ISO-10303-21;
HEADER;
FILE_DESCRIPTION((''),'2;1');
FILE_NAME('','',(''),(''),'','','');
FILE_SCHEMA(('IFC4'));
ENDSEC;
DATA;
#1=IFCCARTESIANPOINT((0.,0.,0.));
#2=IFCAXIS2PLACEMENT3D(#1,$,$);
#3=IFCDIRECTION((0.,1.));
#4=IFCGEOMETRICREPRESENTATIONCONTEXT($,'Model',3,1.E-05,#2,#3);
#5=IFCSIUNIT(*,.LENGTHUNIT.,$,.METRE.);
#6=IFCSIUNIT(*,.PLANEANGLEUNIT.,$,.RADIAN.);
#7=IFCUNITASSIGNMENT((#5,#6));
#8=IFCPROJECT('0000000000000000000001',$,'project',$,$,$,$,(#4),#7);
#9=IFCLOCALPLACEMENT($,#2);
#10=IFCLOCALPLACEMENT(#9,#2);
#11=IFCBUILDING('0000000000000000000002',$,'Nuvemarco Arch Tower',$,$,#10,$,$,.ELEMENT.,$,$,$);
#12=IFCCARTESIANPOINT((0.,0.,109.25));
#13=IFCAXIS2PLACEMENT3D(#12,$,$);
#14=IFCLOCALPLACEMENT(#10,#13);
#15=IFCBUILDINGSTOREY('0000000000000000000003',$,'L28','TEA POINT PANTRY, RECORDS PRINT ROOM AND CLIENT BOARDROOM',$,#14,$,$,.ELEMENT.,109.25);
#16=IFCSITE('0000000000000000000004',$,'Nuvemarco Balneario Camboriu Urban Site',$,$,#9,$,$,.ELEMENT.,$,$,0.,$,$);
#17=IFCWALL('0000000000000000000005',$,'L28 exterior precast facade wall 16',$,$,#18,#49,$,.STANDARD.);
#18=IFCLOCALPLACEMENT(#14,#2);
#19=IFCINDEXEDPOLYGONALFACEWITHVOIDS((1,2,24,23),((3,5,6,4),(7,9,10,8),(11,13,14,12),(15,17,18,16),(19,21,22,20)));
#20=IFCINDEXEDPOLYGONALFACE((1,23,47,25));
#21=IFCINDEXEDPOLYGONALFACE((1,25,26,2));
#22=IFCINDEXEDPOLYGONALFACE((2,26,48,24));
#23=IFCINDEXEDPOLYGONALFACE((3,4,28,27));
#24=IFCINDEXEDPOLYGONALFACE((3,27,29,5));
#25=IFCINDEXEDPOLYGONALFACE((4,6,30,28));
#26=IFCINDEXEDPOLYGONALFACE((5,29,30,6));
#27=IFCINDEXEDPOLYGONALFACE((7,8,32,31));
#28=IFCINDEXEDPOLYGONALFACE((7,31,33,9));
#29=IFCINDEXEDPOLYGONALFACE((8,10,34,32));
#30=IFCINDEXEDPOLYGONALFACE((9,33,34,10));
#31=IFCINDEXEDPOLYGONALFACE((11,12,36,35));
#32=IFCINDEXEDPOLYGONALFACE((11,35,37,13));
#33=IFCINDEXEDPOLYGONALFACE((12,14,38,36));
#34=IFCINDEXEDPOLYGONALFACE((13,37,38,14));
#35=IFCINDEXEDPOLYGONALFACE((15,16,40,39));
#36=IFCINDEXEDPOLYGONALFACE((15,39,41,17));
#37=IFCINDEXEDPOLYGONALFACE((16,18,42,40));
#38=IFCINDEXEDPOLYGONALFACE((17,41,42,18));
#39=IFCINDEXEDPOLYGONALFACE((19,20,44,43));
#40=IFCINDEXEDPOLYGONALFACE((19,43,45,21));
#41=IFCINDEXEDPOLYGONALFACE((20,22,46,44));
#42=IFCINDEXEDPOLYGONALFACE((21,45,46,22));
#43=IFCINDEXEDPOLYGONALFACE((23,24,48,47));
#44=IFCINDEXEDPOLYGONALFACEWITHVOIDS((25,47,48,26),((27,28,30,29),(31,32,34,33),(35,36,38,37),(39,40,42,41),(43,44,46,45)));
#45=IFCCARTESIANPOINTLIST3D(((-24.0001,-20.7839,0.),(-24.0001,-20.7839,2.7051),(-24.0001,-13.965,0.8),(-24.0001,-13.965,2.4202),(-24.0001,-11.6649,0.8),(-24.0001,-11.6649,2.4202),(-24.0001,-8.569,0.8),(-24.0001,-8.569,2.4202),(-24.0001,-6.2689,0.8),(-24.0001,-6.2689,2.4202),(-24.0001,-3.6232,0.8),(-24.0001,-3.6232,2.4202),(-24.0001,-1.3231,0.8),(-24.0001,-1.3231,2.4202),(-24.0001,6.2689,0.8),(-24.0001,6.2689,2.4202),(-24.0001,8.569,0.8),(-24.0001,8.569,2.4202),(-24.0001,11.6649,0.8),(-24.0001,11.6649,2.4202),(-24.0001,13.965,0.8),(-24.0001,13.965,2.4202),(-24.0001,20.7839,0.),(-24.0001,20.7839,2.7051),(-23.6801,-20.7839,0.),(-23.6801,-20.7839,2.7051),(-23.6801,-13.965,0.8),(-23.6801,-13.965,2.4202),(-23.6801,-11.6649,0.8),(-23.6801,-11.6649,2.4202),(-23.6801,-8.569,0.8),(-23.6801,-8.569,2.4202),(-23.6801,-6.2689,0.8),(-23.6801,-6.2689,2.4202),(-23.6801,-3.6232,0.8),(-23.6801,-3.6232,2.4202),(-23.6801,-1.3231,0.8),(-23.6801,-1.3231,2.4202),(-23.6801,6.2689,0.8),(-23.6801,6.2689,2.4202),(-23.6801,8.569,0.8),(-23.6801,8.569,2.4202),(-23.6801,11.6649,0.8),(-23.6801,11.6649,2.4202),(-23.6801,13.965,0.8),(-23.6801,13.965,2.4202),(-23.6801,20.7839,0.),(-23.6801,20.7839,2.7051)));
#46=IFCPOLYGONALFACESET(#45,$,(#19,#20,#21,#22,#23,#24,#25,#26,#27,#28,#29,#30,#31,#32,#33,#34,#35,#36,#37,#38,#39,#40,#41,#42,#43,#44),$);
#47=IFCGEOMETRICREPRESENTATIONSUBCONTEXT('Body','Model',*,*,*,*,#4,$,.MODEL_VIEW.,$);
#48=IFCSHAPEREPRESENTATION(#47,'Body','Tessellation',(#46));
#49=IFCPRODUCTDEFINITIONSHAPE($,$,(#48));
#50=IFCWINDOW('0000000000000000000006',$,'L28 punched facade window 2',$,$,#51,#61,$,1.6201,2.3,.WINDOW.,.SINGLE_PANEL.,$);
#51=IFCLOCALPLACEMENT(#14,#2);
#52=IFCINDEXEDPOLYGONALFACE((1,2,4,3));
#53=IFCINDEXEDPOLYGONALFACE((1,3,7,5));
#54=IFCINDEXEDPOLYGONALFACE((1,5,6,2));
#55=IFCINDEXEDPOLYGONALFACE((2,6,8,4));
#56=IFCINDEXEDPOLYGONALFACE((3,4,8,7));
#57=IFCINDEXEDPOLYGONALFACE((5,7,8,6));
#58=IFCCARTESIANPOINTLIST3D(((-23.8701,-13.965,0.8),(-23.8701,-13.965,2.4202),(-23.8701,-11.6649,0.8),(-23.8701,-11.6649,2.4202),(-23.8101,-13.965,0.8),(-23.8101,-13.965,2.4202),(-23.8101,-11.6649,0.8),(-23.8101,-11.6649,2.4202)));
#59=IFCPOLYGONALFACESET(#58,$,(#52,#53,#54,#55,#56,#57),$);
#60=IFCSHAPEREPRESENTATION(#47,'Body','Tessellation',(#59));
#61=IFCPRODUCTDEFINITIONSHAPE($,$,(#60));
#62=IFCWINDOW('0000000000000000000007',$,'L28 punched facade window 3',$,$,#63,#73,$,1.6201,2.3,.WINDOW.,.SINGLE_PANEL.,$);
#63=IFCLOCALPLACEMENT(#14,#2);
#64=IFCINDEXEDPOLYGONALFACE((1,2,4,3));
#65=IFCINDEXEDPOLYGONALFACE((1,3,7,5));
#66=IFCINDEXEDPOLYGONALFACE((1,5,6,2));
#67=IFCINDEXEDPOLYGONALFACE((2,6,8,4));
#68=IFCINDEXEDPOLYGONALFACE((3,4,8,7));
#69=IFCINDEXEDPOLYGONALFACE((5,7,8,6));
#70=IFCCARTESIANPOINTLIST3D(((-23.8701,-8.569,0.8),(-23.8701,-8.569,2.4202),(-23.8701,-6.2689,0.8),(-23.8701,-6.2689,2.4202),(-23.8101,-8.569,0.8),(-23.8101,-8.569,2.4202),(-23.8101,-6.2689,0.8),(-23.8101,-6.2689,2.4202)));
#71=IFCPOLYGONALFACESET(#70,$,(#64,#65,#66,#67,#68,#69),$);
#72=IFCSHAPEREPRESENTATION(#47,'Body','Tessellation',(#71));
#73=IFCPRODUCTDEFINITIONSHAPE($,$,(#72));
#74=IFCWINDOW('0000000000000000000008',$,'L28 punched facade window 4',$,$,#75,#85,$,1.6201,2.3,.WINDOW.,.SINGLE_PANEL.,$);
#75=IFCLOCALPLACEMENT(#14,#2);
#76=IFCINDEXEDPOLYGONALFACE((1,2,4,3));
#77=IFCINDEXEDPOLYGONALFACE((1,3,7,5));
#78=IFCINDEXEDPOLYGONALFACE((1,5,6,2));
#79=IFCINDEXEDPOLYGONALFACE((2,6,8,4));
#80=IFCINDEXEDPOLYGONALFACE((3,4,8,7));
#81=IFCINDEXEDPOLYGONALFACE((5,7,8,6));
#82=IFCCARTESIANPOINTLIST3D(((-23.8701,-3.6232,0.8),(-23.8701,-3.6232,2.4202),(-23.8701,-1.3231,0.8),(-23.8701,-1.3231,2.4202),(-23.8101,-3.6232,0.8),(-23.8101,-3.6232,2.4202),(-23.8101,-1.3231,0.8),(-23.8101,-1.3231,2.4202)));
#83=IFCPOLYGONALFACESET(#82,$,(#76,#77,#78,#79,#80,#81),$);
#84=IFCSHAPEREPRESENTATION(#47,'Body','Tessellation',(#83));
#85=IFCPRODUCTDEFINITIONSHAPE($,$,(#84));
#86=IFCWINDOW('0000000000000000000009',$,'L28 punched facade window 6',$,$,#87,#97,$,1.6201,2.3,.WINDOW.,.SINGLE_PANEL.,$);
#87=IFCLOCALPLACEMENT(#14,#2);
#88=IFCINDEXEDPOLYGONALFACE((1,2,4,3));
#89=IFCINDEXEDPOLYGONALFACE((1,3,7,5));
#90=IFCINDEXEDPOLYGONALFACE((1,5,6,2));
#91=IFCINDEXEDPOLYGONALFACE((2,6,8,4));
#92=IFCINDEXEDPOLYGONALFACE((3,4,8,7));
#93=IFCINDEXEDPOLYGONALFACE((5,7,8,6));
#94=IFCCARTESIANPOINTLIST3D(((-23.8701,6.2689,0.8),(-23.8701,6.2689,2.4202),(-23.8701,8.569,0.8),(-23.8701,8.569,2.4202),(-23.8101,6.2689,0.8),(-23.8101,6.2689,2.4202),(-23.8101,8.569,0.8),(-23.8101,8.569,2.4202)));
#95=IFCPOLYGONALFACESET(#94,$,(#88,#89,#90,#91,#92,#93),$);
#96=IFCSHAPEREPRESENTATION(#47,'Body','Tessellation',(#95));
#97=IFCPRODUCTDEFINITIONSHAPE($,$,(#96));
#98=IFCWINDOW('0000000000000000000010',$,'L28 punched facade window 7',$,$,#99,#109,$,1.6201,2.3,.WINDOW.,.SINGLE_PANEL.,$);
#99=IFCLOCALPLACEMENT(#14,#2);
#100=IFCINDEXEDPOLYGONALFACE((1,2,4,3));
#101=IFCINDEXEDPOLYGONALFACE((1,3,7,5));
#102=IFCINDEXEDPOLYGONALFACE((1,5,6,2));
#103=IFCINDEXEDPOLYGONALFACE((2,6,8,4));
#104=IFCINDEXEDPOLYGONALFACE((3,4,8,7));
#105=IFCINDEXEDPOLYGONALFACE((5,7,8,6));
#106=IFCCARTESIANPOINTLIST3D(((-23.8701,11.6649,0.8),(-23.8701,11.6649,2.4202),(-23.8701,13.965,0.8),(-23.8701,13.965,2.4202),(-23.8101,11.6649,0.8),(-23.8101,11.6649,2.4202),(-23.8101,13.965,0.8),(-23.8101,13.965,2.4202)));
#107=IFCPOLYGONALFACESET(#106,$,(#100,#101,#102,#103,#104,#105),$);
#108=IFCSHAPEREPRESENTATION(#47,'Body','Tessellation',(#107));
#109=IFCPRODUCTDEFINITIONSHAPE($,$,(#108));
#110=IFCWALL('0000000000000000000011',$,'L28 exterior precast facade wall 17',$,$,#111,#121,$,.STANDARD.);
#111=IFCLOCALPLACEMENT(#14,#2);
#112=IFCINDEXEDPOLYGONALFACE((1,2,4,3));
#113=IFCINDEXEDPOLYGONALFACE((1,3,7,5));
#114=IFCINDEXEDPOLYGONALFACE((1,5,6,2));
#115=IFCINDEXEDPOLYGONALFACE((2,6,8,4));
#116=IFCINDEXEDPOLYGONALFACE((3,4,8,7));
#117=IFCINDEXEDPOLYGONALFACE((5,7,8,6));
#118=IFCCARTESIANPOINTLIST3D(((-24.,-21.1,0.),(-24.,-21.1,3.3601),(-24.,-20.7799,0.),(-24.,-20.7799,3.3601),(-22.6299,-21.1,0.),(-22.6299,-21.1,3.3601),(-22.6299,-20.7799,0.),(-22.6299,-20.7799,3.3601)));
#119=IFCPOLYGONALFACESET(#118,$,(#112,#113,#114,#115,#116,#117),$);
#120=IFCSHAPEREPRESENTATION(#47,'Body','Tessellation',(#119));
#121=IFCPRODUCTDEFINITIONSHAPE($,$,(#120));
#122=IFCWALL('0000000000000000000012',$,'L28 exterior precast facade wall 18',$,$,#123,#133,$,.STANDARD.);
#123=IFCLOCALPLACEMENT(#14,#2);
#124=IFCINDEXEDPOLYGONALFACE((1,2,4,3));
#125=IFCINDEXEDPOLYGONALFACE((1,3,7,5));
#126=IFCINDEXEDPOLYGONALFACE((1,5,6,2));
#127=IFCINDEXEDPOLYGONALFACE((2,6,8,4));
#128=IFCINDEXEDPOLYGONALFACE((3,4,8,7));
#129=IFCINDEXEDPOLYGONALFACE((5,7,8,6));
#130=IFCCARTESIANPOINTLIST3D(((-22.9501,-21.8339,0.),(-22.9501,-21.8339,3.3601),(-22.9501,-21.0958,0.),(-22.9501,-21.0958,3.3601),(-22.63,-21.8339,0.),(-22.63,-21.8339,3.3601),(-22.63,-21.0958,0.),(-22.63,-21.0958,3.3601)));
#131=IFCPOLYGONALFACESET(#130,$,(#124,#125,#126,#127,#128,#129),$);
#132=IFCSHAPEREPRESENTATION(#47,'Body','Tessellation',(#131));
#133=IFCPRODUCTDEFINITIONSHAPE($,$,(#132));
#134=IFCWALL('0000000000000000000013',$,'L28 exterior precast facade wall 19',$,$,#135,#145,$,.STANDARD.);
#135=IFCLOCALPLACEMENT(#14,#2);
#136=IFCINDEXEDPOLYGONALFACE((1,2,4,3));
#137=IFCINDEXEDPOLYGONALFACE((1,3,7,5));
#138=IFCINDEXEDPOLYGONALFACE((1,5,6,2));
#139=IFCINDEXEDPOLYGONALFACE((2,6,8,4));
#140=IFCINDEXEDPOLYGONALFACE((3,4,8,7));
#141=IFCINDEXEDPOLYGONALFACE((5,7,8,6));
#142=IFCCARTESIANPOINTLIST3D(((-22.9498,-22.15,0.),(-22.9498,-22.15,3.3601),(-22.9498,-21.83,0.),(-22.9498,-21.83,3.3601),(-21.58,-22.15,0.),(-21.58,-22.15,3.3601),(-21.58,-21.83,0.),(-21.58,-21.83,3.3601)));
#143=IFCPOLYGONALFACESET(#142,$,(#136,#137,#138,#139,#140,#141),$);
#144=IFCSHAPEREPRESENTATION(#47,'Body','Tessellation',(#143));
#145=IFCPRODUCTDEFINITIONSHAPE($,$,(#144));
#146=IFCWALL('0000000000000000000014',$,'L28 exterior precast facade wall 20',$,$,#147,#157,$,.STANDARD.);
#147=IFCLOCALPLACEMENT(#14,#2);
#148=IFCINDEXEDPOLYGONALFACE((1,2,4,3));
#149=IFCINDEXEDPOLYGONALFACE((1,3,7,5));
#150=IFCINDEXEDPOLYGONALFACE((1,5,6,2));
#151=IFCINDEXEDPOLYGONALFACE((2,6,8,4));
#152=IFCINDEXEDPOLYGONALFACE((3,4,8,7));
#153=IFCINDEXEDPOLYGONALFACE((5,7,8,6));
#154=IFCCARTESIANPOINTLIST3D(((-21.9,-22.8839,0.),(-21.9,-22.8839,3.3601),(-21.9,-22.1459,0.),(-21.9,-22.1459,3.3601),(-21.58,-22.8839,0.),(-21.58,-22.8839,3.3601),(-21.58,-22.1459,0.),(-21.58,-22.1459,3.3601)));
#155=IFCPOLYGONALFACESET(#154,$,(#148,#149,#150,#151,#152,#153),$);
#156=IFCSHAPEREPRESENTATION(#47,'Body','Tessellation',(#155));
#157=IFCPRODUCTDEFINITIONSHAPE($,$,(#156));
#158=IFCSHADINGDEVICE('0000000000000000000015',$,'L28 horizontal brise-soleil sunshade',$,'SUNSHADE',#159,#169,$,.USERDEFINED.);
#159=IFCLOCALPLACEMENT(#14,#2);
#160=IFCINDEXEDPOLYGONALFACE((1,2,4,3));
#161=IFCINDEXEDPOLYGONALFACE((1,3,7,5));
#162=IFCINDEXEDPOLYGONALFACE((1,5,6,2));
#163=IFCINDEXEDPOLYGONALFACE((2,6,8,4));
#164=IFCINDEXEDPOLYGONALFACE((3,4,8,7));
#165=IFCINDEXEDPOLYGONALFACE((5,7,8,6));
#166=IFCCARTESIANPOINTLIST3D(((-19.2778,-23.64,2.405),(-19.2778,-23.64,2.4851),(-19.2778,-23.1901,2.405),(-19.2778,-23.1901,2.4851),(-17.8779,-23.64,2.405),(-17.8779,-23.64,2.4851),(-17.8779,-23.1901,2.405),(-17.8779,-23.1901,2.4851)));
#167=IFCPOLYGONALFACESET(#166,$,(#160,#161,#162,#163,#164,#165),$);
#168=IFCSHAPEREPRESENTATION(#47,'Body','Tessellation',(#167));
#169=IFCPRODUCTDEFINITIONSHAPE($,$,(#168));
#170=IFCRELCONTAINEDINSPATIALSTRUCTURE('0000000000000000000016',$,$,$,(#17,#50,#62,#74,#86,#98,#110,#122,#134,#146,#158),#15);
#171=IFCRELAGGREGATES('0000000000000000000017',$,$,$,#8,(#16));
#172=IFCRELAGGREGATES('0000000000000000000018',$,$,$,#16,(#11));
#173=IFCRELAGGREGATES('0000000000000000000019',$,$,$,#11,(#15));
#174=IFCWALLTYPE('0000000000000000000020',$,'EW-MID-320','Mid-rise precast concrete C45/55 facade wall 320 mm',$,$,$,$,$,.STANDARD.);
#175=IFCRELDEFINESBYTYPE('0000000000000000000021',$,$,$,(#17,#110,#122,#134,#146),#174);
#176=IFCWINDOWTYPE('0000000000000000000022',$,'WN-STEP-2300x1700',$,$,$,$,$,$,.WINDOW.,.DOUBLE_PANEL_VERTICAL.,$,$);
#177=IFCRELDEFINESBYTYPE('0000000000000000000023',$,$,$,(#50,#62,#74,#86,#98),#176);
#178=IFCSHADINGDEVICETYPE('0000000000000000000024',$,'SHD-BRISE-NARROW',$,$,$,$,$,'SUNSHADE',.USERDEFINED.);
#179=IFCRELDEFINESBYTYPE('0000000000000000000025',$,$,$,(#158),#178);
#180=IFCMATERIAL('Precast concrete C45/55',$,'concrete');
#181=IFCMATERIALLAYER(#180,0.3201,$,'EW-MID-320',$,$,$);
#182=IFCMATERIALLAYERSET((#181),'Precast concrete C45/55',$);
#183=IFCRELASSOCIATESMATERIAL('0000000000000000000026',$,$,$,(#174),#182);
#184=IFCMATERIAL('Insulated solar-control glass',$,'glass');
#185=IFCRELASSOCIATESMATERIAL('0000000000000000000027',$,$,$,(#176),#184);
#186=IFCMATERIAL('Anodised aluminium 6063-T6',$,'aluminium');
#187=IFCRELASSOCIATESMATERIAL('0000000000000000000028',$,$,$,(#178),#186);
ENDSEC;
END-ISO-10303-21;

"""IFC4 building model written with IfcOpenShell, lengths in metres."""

from ifc_helpers import new_model, si_unit, direction, frame, frame_2d, origin, origin_2d, place, context, subcontext, project, spatial, rectangle, extrude, source, transform, mapped, material, layer, layer_set, type_object, type_shapes, element, fill, save


model = new_model("IFC4")

# Units and contexts
model_context = context("Model", 3, precision=1e-05, world=origin(), true_north=direction((0.0, 1.0)))
body_context = subcontext(model_context, "Body", "Model", "MODEL_VIEW")
ifc_project = project(units=[si_unit("LENGTHUNIT", "METRE"), si_unit("PLANEANGLEUNIT", "RADIAN")], contexts=[model_context])

# Site, building, storey
site_placement = place(None, origin())
site = spatial("IfcSite", under=ifc_project, at=site_placement, Name="Nuvemarco Balneario Camboriu Urban Site", CompositionType="ELEMENT", RefElevation=0.0)
building_placement = place(site_placement, origin())
building = spatial("IfcBuilding", under=site, at=building_placement, Name="Nuvemarco Arch Tower", CompositionType="ELEMENT")
storey_placement = place(building_placement, frame((0.0, 0.0, 109.25)))
storey = spatial("IfcBuildingStorey", under=building, at=storey_placement, Name="L28", Description="TEA POINT PANTRY, RECORDS PRINT ROOM AND CLIENT BOARDROOM", CompositionType="ELEMENT", Elevation=109.25)

# Shared definitions
ifc_material_1 = material(Name="Precast concrete C45/55", Category="concrete")

# Shared definitions
ifc_layer = layer(ifc_material_1, 0.3201, Name="EW-MID-320")
ifc_layer_set = layer_set([ifc_layer], Name="Precast concrete C45/55")
wall_type = type_object("IfcWallType", Name="EW-MID-320", Description="Mid-rise precast concrete C45/55 facade wall 320 mm", PredefinedType="STANDARD", material=ifc_layer_set)
ifc_material_2 = material(Name="Insulated solar-control glass", Category="glass")

# Wall, openings, windows
wall_1_placement = place(storey_placement, frame((-23.8401, -20.7839, 0.0), z_axis=(0.0, 0.0, 1.0), x_axis=(0.0, 1.0, 0.0)))
wall_1 = element("IfcWall", 1, at=wall_1_placement, inside=storey, type_object=wall_type, Name="L28 exterior precast facade wall 16", PredefinedType="STANDARD", context=body_context, shape_type="SweptSolid", body=[
    extrude(rectangle(XDim=41.5679, YDim=0.3201, at=frame_2d((20.7839, 0.0))), origin(), (0.0, 0.0, 1.0), 2.7051),
])
opening_1_placement = place(wall_1_placement, frame((6.8191, 0.0, 0.8)))
opening_1 = element("IfcOpeningElement", 2, at=opening_1_placement, cuts=wall_1, PredefinedType="OPENING", context=body_context, shape_type="SweptSolid", body=[
    extrude(rectangle(XDim=2.3, YDim=1.6201, at=frame_2d((1.1499, 0.8101))), frame((0.0, 0.1699, 0.0), z_axis=(0.0, -1.0, 0.0), x_axis=(1.0, 0.0, 0.0)), (0.0, 0.0, 1.0), 0.3401),
])
opening_2_placement = place(wall_1_placement, frame((12.2151, 0.0, 0.8)))
opening_2 = element("IfcOpeningElement", 3, at=opening_2_placement, cuts=wall_1, PredefinedType="OPENING", context=body_context, shape_type="SweptSolid", body=[
    extrude(rectangle(XDim=2.3, YDim=1.6201, at=frame_2d((1.1499, 0.8101))), frame((0.0, 0.1699, 0.0), z_axis=(0.0, -1.0, 0.0), x_axis=(1.0, 0.0, 0.0)), (0.0, 0.0, 1.0), 0.3401),
])
opening_3_placement = place(wall_1_placement, frame((17.1609, 0.0, 0.8)))
opening_3 = element("IfcOpeningElement", 4, at=opening_3_placement, cuts=wall_1, PredefinedType="OPENING", context=body_context, shape_type="SweptSolid", body=[
    extrude(rectangle(XDim=2.3, YDim=1.6201, at=frame_2d((1.1499, 0.8101))), frame((0.0, 0.1699, 0.0), z_axis=(0.0, -1.0, 0.0), x_axis=(1.0, 0.0, 0.0)), (0.0, 0.0, 1.0), 0.3401),
])
opening_4_placement = place(wall_1_placement, frame((27.053, 0.0, 0.8)))
opening_4 = element("IfcOpeningElement", 5, at=opening_4_placement, cuts=wall_1, PredefinedType="OPENING", context=body_context, shape_type="SweptSolid", body=[
    extrude(rectangle(XDim=2.3, YDim=1.6201, at=frame_2d((1.1499, 0.8101))), frame((0.0, 0.1699, 0.0), z_axis=(0.0, -1.0, 0.0), x_axis=(1.0, 0.0, 0.0)), (0.0, 0.0, 1.0), 0.3401),
])
opening_5_placement = place(wall_1_placement, frame((32.449, 0.0, 0.8)))
opening_5 = element("IfcOpeningElement", 6, at=opening_5_placement, cuts=wall_1, PredefinedType="OPENING", context=body_context, shape_type="SweptSolid", body=[
    extrude(rectangle(XDim=2.3, YDim=1.6201, at=frame_2d((1.1499, 0.8101))), frame((0.0, 0.1699, 0.0), z_axis=(0.0, -1.0, 0.0), x_axis=(1.0, 0.0, 0.0)), (0.0, 0.0, 1.0), 0.3401),
])
window_type_1 = type_object("IfcWindowType", Name="WN-STEP-2300x1700", PartitioningType="DOUBLE_PANEL_VERTICAL", PredefinedType="WINDOW", material=ifc_material_2)
shared_shape_1 = source(origin(), body_context, "Body", "SweptSolid", [
    extrude(rectangle(XDim=2.3, YDim=1.6201, at=frame_2d((1.1499, 0.8101))), frame((0.0, 0.03, 0.0), z_axis=(0.0, -1.0, 0.0), x_axis=(1.0, 0.0, 0.0)), (0.0, 0.0, 1.0), 0.0601),
])
type_shapes(window_type_1, [shared_shape_1])
window_1_placement = place(opening_1_placement, origin())
window_1 = element("IfcWindow", 7, at=window_1_placement, inside=storey, type_object=window_type_1, Name="L28 punched facade window 2", OverallHeight=1.6201, OverallWidth=2.3, PartitioningType="SINGLE_PANEL", PredefinedType="WINDOW", context=body_context, shape_type="MappedRepresentation", body=[
    mapped(shared_shape_1, transform((0.0, 0.0, 0.0), scale=1.0)),
])
fill(opening_1, window_1)
window_2_placement = place(opening_2_placement, origin())
window_2 = element("IfcWindow", 8, at=window_2_placement, inside=storey, type_object=window_type_1, Name="L28 punched facade window 3", OverallHeight=1.6201, OverallWidth=2.3, PartitioningType="SINGLE_PANEL", PredefinedType="WINDOW", context=body_context, shape_type="MappedRepresentation", body=[
    mapped(shared_shape_1, transform((0.0, 0.0, 0.0), scale=1.0)),
])
fill(opening_2, window_2)
window_3_placement = place(opening_3_placement, origin())
window_3 = element("IfcWindow", 9, at=window_3_placement, inside=storey, type_object=window_type_1, Name="L28 punched facade window 4", OverallHeight=1.6201, OverallWidth=2.3, PartitioningType="SINGLE_PANEL", PredefinedType="WINDOW", context=body_context, shape_type="MappedRepresentation", body=[
    mapped(shared_shape_1, transform((0.0, 0.0, 0.0), scale=1.0)),
])
fill(opening_3, window_3)
window_4_placement = place(opening_4_placement, origin())
window_4 = element("IfcWindow", 10, at=window_4_placement, inside=storey, type_object=window_type_1, Name="L28 punched facade window 6", OverallHeight=1.6201, OverallWidth=2.3, PartitioningType="SINGLE_PANEL", PredefinedType="WINDOW", context=body_context, shape_type="MappedRepresentation", body=[
    mapped(shared_shape_1, transform((0.0, 0.0, 0.0), scale=1.0)),
])
fill(opening_4, window_4)
window_5_placement = place(opening_5_placement, origin())
window_5 = element("IfcWindow", 11, at=window_5_placement, inside=storey, type_object=window_type_1, Name="L28 punched facade window 7", OverallHeight=1.6201, OverallWidth=2.3, PartitioningType="SINGLE_PANEL", PredefinedType="WINDOW", context=body_context, shape_type="MappedRepresentation", body=[
    mapped(shared_shape_1, transform((0.0, 0.0, 0.0), scale=1.0)),
])
fill(opening_5, window_5)

# Walls
wall_2_placement = place(storey_placement, frame((-24.0, -20.9399, 0.0), z_axis=(0.0, 0.0, 1.0), x_axis=(1.0, 0.0, 0.0)))
element("IfcWall", 12, at=wall_2_placement, inside=storey, type_object=wall_type, Name="L28 exterior precast facade wall 17", PredefinedType="STANDARD", context=body_context, shape_type="SweptSolid", body=[
    extrude(rectangle(XDim=1.3701, YDim=0.3201, at=frame_2d((0.6851, 0.0))), origin(), (0.0, 0.0, 1.0), 3.3601),
])
wall_3_placement = place(storey_placement, frame((-22.79, -21.834, 0.0), z_axis=(0.0, 0.0, 1.0), x_axis=(0.0, 1.0, 0.0)))
element("IfcWall", 13, at=wall_3_placement, inside=storey, type_object=wall_type, Name="L28 exterior precast facade wall 18", PredefinedType="STANDARD", context=body_context, shape_type="SweptSolid", body=[
    extrude(rectangle(XDim=0.738, YDim=0.3201, at=frame_2d((0.3691, 0.0))), origin(), (0.0, 0.0, 1.0), 3.3601),
])
wall_4_placement = place(storey_placement, frame((-22.95, -21.99, 0.0), z_axis=(0.0, 0.0, 1.0), x_axis=(1.0, 0.0, 0.0)))
element("IfcWall", 14, at=wall_4_placement, inside=storey, type_object=wall_type, Name="L28 exterior precast facade wall 19", PredefinedType="STANDARD", context=body_context, shape_type="SweptSolid", body=[
    extrude(rectangle(XDim=1.3699, YDim=0.3201, at=frame_2d((0.6851, 0.0))), origin(), (0.0, 0.0, 1.0), 3.3601),
])
wall_5_placement = place(storey_placement, frame((-21.74, -22.884, 0.0), z_axis=(0.0, 0.0, 1.0), x_axis=(0.0, 1.0, 0.0)))
element("IfcWall", 15, at=wall_5_placement, inside=storey, type_object=wall_type, Name="L28 exterior precast facade wall 20", PredefinedType="STANDARD", context=body_context, shape_type="SweptSolid", body=[
    extrude(rectangle(XDim=0.738, YDim=0.3201, at=frame_2d((0.3691, 0.0))), origin(), (0.0, 0.0, 1.0), 3.3601),
])

# Shading device
ifc_material_3 = material(Name="Anodised aluminium 6063-T6", Category="aluminium")
shading_device_type = type_object("IfcShadingDeviceType", Name="SHD-BRISE-NARROW", ElementType="SUNSHADE", PredefinedType="USERDEFINED", material=ifc_material_3)
shared_shape_2 = source(origin(), body_context, "Body", "SweptSolid", [
    extrude(rectangle(XDim=1.3999, YDim=0.45, at=origin_2d()), origin(), (0.0, 0.0, 1.0), 0.0801),
])
type_shapes(shading_device_type, [shared_shape_2])
shading_device_placement = place(storey_placement, frame((-18.5779, -23.415, 2.405), z_axis=(0.0, 0.0, 1.0), x_axis=(1.0, 0.0, 0.0)))
element("IfcShadingDevice", 16, at=shading_device_placement, inside=storey, type_object=shading_device_type, Name="L28 horizontal brise-soleil sunshade", ObjectType="SUNSHADE", PredefinedType="USERDEFINED", context=body_context, shape_type="MappedRepresentation", body=[
    mapped(shared_shape_2, transform((0.0, 0.0, 0.0), scale=1.0)),
])

save(model, "model.ifc")
